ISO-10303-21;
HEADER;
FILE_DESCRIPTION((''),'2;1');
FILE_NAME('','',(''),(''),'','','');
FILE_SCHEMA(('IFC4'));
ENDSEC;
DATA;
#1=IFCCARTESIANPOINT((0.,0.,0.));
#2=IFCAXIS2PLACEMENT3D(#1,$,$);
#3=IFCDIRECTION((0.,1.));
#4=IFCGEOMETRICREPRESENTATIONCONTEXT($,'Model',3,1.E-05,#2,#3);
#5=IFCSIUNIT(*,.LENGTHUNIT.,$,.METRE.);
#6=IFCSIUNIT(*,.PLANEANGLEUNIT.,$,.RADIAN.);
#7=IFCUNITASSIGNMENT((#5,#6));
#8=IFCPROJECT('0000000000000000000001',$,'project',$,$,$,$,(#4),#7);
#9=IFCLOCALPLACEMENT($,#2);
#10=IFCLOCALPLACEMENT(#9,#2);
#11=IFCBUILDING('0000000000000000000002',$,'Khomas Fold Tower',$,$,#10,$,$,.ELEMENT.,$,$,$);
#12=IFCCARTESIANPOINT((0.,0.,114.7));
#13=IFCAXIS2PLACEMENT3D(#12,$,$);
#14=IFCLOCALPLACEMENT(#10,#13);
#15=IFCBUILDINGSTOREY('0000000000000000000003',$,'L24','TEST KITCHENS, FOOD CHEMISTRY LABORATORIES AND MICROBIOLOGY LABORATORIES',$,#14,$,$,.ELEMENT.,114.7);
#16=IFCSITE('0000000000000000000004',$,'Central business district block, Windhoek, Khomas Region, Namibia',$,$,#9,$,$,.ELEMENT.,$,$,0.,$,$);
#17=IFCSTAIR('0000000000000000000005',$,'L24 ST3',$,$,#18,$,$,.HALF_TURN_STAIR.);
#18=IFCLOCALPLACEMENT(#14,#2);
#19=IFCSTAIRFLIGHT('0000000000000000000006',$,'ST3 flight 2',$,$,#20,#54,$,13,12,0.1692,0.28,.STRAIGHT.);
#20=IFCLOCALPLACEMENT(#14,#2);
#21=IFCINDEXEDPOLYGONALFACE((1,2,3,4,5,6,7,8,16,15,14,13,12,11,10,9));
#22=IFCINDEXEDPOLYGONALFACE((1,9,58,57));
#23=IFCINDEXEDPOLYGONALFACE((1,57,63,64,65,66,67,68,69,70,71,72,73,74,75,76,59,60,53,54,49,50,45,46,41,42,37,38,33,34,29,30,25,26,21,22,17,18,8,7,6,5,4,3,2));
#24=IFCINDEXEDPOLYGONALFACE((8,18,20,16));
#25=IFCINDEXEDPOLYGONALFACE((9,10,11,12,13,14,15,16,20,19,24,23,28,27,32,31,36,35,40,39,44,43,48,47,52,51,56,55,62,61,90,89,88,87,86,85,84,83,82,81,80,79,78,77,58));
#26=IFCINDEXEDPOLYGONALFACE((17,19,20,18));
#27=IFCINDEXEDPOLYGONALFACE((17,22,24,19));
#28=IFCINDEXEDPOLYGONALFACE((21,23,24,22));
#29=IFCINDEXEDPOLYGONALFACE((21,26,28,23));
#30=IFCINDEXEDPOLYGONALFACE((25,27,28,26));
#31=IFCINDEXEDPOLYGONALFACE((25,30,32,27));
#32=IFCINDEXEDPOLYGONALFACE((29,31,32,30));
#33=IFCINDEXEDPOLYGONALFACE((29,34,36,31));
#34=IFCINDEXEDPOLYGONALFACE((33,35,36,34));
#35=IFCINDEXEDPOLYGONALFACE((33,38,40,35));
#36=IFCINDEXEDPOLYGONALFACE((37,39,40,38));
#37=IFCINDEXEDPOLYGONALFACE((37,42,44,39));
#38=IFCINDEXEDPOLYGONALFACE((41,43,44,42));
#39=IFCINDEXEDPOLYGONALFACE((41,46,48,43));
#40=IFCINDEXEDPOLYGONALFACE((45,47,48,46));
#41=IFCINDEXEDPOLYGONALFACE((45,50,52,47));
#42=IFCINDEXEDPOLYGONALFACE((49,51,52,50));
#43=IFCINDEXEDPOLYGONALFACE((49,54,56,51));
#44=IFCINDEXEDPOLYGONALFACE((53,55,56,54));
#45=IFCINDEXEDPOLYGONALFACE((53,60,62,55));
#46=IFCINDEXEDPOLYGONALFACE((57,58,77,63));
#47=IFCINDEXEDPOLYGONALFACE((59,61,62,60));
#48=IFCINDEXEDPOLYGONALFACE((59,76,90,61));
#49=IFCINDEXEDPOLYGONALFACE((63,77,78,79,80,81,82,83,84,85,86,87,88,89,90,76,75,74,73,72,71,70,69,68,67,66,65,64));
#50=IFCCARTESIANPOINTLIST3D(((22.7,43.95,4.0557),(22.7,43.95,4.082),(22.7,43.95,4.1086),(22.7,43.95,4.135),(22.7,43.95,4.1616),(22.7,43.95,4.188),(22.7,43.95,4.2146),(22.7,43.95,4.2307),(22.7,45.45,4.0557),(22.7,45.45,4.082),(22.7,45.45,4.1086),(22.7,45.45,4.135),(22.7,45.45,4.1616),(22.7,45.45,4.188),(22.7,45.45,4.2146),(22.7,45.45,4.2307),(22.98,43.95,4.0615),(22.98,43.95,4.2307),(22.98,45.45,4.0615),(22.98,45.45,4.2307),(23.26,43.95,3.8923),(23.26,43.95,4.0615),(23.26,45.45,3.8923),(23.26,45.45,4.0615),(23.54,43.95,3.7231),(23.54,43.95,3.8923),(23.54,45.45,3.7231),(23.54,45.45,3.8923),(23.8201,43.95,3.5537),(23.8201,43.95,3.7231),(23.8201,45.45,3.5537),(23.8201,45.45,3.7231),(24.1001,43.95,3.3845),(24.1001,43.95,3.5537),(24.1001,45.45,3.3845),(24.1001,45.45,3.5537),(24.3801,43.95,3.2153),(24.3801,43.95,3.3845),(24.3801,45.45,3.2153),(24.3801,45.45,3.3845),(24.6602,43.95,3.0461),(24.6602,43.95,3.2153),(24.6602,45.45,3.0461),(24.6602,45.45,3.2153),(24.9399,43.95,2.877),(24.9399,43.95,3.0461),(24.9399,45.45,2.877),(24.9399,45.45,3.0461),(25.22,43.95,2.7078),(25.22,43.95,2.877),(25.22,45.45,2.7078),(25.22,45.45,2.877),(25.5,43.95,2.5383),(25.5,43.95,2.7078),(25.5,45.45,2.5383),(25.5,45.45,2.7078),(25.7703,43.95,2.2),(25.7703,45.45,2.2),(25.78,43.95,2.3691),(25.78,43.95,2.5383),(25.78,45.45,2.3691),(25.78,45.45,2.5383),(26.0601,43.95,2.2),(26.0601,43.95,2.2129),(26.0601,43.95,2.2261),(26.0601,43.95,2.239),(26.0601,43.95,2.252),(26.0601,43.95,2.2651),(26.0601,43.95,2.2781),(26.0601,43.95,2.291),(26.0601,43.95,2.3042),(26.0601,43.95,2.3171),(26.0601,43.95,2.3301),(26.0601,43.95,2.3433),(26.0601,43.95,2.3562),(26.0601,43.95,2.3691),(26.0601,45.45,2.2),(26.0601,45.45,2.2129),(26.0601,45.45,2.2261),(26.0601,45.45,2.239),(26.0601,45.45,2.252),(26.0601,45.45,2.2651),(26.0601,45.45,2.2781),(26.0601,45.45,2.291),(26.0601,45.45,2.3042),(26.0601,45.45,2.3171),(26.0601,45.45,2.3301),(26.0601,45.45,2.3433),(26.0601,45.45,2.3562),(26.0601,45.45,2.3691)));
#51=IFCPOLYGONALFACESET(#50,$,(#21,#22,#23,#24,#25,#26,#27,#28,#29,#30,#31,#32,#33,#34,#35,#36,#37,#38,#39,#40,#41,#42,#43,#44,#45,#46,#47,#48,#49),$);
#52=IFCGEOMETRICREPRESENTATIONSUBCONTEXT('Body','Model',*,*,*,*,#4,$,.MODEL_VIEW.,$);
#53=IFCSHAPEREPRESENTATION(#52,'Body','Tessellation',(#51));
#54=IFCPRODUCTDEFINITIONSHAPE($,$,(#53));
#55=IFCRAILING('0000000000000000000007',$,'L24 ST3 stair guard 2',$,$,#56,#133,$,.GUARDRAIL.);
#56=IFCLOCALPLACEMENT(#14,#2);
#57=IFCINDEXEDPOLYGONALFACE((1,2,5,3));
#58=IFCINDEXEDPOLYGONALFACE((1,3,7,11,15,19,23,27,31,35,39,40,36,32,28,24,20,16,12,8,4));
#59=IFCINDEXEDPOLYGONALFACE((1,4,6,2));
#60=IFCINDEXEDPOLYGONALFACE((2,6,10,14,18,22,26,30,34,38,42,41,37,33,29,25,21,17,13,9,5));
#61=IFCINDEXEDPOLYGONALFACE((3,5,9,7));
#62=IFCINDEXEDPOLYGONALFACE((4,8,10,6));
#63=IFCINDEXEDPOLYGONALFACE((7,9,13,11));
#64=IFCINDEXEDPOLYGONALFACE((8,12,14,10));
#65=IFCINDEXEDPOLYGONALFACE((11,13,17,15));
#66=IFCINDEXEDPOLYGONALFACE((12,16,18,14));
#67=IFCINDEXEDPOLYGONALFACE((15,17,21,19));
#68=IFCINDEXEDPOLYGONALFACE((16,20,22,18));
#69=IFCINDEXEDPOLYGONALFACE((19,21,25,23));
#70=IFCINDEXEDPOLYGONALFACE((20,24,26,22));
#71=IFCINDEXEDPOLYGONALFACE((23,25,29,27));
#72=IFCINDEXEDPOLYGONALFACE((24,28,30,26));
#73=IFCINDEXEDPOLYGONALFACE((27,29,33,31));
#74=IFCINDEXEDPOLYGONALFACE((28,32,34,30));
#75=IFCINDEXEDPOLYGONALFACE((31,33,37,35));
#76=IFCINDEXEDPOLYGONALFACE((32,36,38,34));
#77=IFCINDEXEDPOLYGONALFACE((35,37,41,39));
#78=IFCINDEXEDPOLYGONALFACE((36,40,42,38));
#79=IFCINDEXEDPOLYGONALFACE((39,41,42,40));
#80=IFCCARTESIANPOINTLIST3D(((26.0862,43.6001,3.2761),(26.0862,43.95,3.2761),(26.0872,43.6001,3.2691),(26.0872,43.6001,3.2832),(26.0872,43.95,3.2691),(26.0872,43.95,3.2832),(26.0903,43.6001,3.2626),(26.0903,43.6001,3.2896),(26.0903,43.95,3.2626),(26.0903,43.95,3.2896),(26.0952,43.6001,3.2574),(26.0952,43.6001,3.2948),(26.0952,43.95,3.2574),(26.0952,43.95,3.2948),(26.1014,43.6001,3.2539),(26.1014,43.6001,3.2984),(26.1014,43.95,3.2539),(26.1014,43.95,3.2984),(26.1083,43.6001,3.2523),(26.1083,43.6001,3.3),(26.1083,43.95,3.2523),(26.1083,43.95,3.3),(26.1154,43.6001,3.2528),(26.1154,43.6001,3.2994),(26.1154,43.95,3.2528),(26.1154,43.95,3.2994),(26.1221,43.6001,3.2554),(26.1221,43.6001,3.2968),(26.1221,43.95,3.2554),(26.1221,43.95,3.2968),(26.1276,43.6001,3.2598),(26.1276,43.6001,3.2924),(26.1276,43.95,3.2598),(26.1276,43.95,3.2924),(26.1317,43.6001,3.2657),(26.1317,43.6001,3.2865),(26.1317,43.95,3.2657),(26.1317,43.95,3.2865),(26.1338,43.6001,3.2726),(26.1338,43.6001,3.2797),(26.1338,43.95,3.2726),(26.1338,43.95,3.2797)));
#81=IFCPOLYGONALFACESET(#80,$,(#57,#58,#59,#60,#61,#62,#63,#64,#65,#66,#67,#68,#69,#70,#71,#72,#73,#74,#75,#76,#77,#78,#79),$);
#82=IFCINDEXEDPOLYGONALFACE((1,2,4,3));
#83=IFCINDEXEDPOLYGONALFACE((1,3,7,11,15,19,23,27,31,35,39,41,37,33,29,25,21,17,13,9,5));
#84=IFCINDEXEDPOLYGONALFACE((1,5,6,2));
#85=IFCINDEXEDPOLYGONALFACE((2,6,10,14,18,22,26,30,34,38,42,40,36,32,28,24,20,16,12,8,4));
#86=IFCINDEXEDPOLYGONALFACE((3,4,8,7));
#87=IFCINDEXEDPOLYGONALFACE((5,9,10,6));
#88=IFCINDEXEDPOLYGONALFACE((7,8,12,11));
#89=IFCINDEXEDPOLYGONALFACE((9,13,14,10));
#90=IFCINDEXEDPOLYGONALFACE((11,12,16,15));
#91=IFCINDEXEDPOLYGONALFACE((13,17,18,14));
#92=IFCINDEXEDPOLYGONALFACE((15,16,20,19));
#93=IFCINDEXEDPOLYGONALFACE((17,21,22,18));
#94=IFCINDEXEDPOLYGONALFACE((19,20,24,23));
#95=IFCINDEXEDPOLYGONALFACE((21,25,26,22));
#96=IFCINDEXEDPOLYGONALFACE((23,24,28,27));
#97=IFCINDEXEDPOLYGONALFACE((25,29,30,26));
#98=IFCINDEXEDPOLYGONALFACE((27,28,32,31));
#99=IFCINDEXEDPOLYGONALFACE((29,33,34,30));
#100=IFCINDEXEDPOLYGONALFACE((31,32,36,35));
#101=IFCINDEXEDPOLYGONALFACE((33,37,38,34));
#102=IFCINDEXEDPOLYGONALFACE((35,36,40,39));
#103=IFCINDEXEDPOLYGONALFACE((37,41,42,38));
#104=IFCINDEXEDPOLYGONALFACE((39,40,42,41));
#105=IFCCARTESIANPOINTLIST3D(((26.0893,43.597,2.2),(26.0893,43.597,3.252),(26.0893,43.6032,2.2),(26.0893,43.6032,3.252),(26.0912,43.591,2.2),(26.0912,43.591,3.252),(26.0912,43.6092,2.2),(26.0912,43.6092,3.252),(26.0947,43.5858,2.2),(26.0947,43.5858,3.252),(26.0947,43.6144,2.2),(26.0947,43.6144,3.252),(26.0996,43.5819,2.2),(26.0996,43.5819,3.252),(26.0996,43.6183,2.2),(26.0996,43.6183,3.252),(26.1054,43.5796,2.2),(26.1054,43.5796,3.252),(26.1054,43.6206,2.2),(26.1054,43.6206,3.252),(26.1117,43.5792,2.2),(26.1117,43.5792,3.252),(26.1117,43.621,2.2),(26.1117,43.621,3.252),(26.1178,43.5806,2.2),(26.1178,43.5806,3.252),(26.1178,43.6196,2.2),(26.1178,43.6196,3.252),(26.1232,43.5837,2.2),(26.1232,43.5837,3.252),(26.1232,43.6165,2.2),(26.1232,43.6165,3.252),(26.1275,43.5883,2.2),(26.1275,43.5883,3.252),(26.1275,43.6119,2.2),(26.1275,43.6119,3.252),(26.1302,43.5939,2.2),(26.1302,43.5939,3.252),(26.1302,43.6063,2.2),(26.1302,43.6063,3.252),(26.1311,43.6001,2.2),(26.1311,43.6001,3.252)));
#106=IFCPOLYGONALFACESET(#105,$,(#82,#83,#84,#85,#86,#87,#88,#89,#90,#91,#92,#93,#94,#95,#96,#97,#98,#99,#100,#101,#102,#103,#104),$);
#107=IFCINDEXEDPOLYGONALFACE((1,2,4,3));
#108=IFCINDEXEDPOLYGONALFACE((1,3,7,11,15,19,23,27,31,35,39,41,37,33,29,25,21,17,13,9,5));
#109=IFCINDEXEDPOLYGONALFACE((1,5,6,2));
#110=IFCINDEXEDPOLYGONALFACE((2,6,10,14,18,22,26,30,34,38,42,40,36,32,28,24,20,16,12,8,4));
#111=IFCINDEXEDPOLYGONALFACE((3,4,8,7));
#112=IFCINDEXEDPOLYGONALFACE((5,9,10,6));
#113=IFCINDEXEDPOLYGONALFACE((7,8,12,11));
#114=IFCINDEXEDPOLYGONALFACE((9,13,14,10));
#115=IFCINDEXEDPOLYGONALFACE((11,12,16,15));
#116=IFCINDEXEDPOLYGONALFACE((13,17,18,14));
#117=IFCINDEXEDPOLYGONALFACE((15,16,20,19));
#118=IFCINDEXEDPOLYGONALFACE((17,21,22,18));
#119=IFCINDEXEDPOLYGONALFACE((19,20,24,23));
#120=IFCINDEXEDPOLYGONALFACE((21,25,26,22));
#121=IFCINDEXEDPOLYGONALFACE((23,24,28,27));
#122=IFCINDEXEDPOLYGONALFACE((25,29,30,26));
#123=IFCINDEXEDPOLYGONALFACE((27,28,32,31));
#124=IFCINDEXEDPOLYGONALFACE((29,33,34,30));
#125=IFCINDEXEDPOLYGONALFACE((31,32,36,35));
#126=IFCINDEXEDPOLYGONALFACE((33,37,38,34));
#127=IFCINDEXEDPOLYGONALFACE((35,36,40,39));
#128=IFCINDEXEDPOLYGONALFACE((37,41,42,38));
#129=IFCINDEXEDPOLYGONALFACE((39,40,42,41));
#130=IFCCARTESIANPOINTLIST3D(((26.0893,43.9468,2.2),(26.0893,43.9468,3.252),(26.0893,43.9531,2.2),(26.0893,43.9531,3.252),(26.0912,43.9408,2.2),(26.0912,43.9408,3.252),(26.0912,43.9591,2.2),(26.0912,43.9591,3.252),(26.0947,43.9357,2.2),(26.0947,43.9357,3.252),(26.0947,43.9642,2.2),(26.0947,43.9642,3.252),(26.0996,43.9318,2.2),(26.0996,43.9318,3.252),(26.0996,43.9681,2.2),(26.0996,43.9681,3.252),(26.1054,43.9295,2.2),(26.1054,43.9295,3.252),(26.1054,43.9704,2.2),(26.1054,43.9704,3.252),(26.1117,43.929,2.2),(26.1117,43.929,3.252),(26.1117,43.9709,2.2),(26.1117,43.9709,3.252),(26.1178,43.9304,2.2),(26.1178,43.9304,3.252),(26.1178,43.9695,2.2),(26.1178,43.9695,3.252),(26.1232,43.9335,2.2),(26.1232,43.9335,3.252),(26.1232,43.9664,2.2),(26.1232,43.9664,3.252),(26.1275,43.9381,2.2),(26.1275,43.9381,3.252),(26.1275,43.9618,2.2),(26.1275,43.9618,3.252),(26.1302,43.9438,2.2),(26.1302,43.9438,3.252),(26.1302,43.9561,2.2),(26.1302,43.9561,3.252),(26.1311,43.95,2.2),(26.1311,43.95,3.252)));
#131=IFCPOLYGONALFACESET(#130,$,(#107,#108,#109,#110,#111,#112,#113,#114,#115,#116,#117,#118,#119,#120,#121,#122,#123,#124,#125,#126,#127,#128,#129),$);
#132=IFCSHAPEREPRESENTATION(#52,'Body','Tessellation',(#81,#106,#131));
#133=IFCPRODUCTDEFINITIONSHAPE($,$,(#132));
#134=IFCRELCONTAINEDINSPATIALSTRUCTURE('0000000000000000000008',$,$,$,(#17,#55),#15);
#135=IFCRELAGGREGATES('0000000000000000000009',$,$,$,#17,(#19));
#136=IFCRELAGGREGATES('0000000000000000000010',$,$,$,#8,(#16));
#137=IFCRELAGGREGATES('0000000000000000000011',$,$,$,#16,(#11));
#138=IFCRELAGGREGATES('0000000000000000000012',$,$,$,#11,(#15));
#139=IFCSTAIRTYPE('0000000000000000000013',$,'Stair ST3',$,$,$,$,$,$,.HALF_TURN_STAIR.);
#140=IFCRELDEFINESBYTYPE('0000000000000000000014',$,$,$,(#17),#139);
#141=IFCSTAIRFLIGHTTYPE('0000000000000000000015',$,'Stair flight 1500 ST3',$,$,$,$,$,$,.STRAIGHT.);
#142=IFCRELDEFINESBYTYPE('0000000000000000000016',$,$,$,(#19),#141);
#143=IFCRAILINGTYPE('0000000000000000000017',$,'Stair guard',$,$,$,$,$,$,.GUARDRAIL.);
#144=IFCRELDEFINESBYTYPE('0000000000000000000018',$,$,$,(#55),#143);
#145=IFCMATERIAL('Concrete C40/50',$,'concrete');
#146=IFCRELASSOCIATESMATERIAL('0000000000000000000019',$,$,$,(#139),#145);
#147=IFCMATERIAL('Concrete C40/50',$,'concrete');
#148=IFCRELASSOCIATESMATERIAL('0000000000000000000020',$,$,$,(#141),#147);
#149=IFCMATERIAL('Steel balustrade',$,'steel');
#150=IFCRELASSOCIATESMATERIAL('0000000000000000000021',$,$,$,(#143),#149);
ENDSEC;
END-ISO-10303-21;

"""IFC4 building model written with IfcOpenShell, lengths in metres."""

from ifc_helpers import new_model, si_unit, direction, frame, origin, origin_2d, place, context, subcontext, project, spatial, polyline, circle, outline, extrude, source, transform, mapped, material, type_object, element, aggregate, save


model = new_model("IFC4")

# Units and contexts
model_context = context("Model", 3, precision=1e-05, world=origin(), true_north=direction((0.0, 1.0)))
body_context = subcontext(model_context, "Body", "Model", "MODEL_VIEW")
ifc_project = project(units=[si_unit("LENGTHUNIT", "METRE"), si_unit("PLANEANGLEUNIT", "RADIAN")], contexts=[model_context])

# Site, building, storey
site_placement = place(None, origin())
site = spatial("IfcSite", under=ifc_project, at=site_placement, Name="Central business district block, Windhoek, Khomas Region, Namibia", CompositionType="ELEMENT", RefElevation=0.0)
building_placement = place(site_placement, origin())
building = spatial("IfcBuilding", under=site, at=building_placement, Name="Khomas Fold Tower", CompositionType="ELEMENT")
storey_placement = place(building_placement, frame((0.0, 0.0, 114.7)))
storey = spatial("IfcBuildingStorey", under=building, at=storey_placement, Name="L24", Description="TEST KITCHENS, FOOD CHEMISTRY LABORATORIES AND MICROBIOLOGY LABORATORIES", CompositionType="ELEMENT", Elevation=114.7)

# Stair, stair flight
ifc_material_1 = material(Name="Concrete C40/50", Category="concrete")
stair_type = type_object("IfcStairType", Name="Stair ST3", PredefinedType="HALF_TURN_STAIR", material=ifc_material_1)
stair_placement = place(storey_placement, origin())
stair = element("IfcStair", 1, at=stair_placement, inside=storey, type_object=stair_type, Name="L24 ST3", PredefinedType="HALF_TURN_STAIR")
ifc_material_2 = material(Name="Concrete C40/50", Category="concrete")
stair_flight_type = type_object("IfcStairFlightType", Name="Stair flight 1500 ST3", PredefinedType="STRAIGHT", material=ifc_material_2)
shared_shape_1 = source(origin(), body_context, "Body", "SweptSolid", [
    extrude(outline(polyline([(0.0, 0.0), (0.0, 0.0129), (0.0, 0.0261), (0.0, 0.0391), (0.0, 0.052), (0.0, 0.0652), (0.0, 0.0781), (0.0, 0.0911), (0.0, 0.1042), (0.0, 0.1172), (0.0, 0.1301), (0.0, 0.1433), (0.0, 0.1562), (0.0, 0.1692), (0.28, 0.1692), (0.28, 0.3384), (0.5601, 0.3384), (0.5601, 0.5078), (0.8401, 0.5078), (0.8401, 0.677), (1.1201, 0.677), (1.1201, 0.8462), (1.3999, 0.8462), (1.3999, 1.0154), (1.6799, 1.0154), (1.6799, 1.1846), (1.96, 1.1846), (1.96, 1.3538), (2.24, 1.3538), (2.24, 1.5232), (2.52, 1.5232), (2.52, 1.6924), (2.8, 1.6924), (2.8, 1.8616), (3.0801, 1.8616), (3.0801, 2.0308), (3.3601, 2.0308), (3.3601, 2.2), (3.3601, 2.1736), (3.3601, 2.147), (3.3601, 2.1206), (3.3601, 2.094), (3.3601, 2.0676), (3.3601, 2.041), (3.3601, 2.0146), (3.3601, 1.988), (3.3601, 1.9617), (3.3601, 1.9351), (3.3601, 1.9087), (3.3601, 1.8821), (3.3601, 1.8557), (0.2898, 0.0), (0.0, 0.0)])), frame((0.0, 0.75, 0.0), z_axis=(0.0, -1.0, 0.0), x_axis=(1.0, 0.0, 0.0)), (0.0, 0.0, 1.0), 1.5),
])
stair_flight_1_placement = place(storey_placement, frame((26.0601, 44.7, 2.2), z_axis=(0.0, 0.0, 1.0), x_axis=(-1.0, 0.0, 0.0)))
stair_flight_1 = element("IfcStairFlight", 2, at=stair_flight_1_placement, type_object=stair_flight_type, Name="ST3 flight 2", NumberOfRisers=13, NumberOfTreads=12, PredefinedType="STRAIGHT", RiserHeight=0.1692, TreadLength=0.28, context=body_context, shape_type="MappedRepresentation", body=[
    mapped(shared_shape_1, transform((0.0, 0.0, 0.0))),
])
aggregate(stair, [stair_flight_1])

# Railing
ifc_material_3 = material(Name="Steel balustrade", Category="steel")
railing_type_1 = type_object("IfcRailingType", Name="Stair guard", PredefinedType="GUARDRAIL", material=ifc_material_3)
shared_shape_2 = source(origin(), body_context, "Body", "SweptSolid", [
    extrude(circle(Radius=0.0239, at=origin_2d()), frame((0.0, 0.0, 1.0762), z_axis=(0.0, 1.0, 0.0), x_axis=(-1.0, 0.0, 0.0)), (0.0, 0.0, 1.0), 0.3499),
    extrude(circle(Radius=0.021, at=origin_2d()), origin(), (0.0, 0.0, 1.0), 1.052),
    extrude(circle(Radius=0.021, at=origin_2d()), frame((0.0, 0.3499, 0.0)), (0.0, 0.0, 1.0), 1.052),
])
for number, where, name in (
    (3, (26.1101, 43.6001, 2.2), "L24 ST3 stair guard 2"),
):
    element("IfcRailing", number, at=place(storey_placement, frame(where)), inside=storey, type_object=railing_type_1, Name=name, PredefinedType="GUARDRAIL", context=body_context, shape_type="MappedRepresentation", body=[
        mapped(shared_shape_2, transform((0.0, 0.0, 0.0))),
    ])

save(model, "model.ifc")
